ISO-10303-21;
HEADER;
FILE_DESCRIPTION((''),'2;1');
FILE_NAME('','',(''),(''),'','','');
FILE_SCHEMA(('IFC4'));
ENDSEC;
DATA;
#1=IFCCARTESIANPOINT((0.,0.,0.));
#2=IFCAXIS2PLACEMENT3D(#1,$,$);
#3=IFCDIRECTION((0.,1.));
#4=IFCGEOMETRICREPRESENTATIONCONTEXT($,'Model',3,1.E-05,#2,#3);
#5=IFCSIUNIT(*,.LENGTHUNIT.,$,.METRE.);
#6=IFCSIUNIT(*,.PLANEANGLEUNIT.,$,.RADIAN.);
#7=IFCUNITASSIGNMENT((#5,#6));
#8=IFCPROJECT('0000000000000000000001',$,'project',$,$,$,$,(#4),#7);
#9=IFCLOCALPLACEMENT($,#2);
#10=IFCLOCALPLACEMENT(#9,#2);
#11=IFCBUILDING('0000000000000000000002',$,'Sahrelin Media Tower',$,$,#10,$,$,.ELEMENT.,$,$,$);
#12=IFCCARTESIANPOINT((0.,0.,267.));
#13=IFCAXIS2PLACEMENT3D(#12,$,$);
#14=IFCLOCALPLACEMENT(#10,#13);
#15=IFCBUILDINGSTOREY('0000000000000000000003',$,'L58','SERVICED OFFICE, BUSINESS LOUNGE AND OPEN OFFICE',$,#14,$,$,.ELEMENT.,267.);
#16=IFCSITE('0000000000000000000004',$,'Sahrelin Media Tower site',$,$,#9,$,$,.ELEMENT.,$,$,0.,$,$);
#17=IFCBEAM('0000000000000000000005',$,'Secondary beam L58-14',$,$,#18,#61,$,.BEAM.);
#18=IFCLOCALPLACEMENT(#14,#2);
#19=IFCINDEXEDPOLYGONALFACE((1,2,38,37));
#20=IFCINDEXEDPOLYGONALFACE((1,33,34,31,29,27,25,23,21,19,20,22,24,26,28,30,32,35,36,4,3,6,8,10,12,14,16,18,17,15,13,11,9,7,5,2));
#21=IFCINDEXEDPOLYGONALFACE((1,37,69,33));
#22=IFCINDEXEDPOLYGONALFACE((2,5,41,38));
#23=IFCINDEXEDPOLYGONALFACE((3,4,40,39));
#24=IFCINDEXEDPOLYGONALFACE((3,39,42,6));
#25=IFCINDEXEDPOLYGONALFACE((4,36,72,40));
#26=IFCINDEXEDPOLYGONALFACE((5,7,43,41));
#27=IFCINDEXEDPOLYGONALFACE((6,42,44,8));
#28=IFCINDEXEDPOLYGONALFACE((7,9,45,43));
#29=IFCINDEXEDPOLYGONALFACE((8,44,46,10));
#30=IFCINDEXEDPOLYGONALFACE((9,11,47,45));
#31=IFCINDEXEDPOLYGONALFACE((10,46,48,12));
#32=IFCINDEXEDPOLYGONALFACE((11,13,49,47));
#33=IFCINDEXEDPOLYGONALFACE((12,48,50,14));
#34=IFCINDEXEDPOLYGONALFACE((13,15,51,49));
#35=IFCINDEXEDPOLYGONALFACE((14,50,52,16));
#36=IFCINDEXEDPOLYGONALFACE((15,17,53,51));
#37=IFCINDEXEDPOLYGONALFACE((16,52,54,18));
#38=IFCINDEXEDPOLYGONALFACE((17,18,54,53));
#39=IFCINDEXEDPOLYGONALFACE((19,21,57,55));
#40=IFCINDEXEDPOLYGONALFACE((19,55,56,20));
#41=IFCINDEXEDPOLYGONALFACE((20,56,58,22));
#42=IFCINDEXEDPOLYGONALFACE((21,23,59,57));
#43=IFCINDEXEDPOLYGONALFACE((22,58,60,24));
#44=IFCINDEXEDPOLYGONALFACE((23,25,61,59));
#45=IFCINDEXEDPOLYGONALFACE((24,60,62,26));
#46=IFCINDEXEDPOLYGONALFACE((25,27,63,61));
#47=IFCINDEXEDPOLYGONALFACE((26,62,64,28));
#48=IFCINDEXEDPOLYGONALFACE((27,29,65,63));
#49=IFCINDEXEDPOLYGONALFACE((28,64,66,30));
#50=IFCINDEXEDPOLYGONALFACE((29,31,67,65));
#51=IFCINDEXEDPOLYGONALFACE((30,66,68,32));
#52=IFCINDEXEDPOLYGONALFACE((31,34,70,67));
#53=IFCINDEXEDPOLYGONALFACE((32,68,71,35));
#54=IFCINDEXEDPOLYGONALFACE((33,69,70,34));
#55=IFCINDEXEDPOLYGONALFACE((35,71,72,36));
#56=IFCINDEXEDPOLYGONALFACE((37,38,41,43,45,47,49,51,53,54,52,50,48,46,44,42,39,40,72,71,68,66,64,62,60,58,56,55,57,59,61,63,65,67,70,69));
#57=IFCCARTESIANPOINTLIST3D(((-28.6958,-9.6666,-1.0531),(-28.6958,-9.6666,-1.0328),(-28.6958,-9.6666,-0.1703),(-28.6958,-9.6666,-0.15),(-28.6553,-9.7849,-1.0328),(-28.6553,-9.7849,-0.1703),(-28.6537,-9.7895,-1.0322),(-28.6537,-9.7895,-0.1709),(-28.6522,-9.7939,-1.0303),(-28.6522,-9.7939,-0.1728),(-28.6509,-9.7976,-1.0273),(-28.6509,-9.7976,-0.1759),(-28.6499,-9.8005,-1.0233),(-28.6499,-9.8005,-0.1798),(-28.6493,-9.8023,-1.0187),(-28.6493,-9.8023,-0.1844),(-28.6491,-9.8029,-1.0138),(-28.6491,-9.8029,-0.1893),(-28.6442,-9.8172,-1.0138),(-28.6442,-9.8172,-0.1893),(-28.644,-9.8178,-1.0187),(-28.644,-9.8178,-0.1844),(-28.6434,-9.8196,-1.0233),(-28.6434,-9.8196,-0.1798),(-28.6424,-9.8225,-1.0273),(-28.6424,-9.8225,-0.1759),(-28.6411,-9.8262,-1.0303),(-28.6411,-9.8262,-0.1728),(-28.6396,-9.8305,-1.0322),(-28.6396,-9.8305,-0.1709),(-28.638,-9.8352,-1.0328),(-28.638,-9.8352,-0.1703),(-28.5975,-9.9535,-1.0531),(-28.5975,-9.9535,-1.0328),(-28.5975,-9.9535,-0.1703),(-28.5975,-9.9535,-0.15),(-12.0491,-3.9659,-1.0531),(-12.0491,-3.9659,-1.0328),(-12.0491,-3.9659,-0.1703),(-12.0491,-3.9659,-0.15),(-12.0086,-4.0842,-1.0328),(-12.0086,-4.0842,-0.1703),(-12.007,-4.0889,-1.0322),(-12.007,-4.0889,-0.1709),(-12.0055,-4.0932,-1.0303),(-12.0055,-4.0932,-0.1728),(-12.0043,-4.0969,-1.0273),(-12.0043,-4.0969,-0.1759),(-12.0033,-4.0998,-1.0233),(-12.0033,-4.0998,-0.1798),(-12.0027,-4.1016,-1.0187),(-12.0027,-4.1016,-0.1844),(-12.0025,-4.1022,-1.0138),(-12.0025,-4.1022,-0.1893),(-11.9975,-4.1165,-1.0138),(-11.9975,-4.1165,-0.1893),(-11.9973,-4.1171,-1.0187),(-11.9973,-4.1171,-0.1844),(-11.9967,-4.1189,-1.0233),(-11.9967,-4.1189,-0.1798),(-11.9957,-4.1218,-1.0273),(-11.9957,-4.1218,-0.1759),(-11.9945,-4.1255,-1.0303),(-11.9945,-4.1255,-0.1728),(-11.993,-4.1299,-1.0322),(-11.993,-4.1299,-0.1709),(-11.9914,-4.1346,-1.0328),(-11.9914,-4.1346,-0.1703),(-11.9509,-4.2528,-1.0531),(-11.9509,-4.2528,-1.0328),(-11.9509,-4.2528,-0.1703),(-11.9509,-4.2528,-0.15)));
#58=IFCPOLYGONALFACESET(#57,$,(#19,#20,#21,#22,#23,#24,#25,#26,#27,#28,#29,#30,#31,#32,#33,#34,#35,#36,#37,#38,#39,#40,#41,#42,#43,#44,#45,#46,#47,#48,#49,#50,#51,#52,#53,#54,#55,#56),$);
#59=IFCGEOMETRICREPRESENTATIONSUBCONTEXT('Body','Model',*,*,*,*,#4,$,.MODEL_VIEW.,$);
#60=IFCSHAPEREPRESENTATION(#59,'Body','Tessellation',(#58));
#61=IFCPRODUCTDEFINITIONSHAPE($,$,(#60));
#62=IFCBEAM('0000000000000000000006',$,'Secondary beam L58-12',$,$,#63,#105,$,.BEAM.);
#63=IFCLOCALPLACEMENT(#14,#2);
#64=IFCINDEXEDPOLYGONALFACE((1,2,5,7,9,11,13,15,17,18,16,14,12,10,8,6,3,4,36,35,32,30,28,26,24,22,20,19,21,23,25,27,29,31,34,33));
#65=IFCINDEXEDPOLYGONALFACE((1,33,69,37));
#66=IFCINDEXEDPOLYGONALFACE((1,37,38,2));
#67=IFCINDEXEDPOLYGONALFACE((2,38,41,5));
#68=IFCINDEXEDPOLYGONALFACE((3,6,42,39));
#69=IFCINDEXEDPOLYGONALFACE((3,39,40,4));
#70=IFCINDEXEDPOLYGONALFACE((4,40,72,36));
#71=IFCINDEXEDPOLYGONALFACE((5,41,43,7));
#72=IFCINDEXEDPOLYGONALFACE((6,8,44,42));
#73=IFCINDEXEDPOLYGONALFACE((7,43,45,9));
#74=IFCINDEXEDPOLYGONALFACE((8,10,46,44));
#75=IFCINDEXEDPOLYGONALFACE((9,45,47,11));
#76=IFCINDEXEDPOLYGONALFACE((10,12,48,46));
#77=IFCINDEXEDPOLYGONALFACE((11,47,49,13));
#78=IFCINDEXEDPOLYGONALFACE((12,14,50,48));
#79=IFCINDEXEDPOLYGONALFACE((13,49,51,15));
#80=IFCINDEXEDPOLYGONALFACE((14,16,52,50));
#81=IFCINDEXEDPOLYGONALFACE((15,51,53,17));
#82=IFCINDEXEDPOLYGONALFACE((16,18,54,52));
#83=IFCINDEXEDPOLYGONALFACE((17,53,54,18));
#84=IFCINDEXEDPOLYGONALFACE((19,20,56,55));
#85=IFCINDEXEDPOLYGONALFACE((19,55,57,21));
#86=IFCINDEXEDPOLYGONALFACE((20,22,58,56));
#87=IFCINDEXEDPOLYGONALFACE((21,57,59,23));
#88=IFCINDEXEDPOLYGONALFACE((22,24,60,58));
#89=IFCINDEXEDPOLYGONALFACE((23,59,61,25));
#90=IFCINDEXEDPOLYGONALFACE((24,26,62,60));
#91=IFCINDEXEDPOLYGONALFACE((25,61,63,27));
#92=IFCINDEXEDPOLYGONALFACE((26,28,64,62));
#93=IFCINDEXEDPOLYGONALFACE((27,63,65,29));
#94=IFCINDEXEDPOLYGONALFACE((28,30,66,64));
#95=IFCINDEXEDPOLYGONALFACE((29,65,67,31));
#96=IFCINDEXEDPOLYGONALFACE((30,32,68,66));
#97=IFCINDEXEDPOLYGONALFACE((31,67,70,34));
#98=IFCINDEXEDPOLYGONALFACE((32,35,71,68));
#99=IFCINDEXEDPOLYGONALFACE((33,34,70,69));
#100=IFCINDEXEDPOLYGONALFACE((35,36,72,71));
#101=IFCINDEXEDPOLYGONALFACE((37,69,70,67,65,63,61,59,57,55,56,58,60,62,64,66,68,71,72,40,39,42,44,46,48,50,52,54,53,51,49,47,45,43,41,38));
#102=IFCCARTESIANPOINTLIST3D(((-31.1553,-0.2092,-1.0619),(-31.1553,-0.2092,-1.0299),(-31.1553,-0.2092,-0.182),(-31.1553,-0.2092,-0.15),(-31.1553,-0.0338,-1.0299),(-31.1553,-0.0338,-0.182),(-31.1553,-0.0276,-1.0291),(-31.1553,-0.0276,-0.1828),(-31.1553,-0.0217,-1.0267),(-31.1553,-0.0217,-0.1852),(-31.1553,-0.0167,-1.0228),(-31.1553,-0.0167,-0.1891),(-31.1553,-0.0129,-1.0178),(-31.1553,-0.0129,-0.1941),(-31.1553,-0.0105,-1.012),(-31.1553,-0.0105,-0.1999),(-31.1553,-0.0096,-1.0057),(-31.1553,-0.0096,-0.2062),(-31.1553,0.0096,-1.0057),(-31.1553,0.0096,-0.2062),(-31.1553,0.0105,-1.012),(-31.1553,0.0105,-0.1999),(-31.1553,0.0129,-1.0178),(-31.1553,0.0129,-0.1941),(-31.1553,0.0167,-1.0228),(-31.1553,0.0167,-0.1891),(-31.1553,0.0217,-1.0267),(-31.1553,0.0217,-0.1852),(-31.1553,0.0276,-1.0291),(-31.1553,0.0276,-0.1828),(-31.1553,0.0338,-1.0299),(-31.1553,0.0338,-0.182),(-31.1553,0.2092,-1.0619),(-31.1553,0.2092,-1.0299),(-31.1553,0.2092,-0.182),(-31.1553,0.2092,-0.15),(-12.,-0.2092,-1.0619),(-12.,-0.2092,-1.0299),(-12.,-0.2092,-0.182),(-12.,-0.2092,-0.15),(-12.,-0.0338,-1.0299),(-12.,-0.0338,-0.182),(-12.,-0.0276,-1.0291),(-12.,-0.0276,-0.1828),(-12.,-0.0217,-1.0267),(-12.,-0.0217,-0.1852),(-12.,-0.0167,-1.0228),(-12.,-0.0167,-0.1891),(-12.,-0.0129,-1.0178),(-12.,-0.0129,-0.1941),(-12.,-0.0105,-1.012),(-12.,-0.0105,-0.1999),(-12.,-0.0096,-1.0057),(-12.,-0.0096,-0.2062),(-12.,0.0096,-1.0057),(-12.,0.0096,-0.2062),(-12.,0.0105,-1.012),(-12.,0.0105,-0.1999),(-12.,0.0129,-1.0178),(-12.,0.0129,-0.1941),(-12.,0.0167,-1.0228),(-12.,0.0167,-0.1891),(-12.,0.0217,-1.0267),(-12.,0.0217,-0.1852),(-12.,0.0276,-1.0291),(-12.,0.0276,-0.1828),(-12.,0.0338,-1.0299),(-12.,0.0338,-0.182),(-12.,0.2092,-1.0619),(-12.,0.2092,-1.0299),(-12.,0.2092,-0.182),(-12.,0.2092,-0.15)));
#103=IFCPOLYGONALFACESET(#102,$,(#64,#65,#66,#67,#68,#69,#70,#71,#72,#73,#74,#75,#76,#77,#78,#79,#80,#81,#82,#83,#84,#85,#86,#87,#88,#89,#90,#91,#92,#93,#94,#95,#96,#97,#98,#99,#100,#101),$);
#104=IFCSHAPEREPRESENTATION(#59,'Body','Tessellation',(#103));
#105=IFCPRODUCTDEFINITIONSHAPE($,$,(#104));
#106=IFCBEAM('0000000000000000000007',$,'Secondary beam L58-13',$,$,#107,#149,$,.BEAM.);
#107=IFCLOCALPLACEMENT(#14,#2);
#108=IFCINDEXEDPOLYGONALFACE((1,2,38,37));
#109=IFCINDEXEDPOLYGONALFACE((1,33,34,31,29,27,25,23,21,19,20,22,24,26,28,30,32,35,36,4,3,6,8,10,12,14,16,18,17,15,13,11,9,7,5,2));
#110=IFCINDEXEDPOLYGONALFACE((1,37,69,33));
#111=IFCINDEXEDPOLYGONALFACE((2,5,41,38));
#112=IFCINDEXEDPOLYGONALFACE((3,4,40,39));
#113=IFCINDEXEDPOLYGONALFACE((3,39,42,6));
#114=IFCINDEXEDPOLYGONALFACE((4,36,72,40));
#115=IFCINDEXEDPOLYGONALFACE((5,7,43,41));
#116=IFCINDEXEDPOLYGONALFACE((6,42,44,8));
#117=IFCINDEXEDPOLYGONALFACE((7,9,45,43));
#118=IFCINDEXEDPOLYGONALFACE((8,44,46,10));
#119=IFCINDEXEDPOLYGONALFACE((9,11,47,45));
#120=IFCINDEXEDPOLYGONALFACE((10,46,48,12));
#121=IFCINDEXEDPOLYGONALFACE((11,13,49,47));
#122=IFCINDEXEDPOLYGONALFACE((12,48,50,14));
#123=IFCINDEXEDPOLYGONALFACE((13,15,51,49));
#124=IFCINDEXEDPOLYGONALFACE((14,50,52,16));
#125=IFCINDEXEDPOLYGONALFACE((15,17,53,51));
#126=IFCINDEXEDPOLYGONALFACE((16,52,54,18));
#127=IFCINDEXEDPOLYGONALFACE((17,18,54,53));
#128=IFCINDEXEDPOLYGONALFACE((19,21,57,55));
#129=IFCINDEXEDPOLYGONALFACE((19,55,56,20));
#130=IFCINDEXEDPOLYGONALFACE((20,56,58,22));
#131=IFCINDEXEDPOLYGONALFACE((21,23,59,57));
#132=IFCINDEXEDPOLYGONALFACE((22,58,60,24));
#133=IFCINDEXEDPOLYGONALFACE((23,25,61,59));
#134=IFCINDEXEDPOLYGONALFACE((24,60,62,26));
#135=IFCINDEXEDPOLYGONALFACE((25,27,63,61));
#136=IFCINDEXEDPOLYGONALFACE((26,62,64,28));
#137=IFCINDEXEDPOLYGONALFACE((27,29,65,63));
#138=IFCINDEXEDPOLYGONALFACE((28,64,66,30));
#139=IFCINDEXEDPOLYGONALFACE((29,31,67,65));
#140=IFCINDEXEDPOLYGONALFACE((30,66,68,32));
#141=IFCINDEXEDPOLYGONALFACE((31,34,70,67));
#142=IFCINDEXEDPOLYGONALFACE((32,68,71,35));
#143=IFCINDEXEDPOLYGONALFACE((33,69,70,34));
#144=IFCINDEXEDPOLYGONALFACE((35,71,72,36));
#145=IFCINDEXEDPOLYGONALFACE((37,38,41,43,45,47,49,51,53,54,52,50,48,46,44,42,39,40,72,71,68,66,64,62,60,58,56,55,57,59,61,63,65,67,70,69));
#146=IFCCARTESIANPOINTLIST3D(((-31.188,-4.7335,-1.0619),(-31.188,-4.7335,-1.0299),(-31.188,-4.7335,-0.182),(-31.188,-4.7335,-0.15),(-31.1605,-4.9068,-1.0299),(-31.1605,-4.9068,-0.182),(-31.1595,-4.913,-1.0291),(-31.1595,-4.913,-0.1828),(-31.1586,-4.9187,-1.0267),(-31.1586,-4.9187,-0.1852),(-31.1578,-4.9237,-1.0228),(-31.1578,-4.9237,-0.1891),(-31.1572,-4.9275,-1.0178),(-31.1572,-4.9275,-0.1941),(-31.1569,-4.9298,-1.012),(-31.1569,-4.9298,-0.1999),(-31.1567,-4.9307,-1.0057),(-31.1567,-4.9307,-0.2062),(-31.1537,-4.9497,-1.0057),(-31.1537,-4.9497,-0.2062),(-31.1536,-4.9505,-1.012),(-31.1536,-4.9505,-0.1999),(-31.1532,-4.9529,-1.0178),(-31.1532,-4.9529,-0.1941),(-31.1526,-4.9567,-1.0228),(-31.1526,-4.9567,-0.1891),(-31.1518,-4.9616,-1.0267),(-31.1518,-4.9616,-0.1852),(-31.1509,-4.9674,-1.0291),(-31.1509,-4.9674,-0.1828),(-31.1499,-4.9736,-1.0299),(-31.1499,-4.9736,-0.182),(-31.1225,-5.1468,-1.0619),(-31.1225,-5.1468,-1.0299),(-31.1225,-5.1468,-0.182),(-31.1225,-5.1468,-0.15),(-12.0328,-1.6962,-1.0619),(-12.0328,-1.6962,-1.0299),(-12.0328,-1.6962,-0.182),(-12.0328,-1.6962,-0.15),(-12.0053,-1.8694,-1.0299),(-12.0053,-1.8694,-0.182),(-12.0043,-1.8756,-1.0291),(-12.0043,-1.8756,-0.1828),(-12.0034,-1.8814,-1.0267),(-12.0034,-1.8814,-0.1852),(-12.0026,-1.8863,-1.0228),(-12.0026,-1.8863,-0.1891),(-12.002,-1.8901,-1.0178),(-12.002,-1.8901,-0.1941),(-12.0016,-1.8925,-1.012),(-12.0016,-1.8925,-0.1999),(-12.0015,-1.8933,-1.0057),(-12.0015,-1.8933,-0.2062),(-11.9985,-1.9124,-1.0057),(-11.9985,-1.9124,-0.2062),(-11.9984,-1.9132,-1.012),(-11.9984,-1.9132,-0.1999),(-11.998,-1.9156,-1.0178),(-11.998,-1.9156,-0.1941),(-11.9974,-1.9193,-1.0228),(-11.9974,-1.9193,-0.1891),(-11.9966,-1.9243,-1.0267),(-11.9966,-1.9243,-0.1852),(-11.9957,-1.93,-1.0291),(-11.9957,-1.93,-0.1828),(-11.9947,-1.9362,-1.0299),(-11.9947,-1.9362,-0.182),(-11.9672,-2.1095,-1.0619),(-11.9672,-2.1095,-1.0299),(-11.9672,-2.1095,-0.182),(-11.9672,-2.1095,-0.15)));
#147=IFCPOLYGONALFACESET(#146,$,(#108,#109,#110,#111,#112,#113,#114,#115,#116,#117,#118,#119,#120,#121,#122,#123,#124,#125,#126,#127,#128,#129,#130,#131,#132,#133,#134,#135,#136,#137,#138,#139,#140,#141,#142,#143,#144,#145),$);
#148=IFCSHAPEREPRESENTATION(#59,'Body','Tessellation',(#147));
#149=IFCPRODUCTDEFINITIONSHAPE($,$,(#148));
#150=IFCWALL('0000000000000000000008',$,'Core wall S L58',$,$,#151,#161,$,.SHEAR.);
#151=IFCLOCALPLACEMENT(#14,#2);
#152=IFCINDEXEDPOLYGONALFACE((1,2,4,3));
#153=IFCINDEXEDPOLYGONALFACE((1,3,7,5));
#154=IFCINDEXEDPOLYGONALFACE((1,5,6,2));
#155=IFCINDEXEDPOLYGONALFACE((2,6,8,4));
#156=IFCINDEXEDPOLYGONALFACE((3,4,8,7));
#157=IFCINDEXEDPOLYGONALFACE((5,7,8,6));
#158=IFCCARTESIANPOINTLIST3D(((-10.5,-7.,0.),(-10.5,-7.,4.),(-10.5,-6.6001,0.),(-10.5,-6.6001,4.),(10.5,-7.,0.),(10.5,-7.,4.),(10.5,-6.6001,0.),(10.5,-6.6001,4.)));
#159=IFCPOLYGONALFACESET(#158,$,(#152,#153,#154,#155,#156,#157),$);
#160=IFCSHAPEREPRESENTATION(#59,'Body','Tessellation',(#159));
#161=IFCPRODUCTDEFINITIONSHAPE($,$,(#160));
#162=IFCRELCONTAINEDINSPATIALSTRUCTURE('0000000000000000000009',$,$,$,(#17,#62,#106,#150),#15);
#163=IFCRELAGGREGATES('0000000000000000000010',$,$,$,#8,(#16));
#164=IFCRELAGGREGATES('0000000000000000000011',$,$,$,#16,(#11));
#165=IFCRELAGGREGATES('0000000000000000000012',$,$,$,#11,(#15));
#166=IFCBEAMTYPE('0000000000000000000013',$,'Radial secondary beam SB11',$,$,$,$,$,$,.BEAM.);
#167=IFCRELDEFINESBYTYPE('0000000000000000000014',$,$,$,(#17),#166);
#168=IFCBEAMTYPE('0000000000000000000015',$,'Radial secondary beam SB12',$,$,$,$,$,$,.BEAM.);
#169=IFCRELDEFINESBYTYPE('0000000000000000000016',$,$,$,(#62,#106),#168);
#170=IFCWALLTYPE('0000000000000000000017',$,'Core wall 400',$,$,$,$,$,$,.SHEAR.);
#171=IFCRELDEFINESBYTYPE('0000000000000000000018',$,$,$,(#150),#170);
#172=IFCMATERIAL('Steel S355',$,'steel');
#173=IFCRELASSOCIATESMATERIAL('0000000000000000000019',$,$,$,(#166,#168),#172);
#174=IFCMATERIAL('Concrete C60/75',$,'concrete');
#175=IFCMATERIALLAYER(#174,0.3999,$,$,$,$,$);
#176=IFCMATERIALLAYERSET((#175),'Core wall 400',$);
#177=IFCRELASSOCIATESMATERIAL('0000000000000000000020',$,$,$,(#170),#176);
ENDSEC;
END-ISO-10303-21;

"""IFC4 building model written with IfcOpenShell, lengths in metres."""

from ifc_helpers import new_model, si_unit, direction, frame, frame_2d, origin, origin_2d, place, context, subcontext, project, spatial, rectangle, i_section, extrude, material, layer, layer_set, material_profile, profile_set, type_object, element, save


model = new_model("IFC4")

# Units and contexts
model_context = context("Model", 3, precision=1e-05, world=origin(), true_north=direction((0.0, 1.0)))
body_context = subcontext(model_context, "Body", "Model", "MODEL_VIEW")
ifc_project = project(units=[si_unit("LENGTHUNIT", "METRE"), si_unit("PLANEANGLEUNIT", "RADIAN")], contexts=[model_context])

# Site, building, storey
site_placement = place(None, origin())
site = spatial("IfcSite", under=ifc_project, at=site_placement, Name="Sahrelin Media Tower site", CompositionType="ELEMENT", RefElevation=0.0)
building_placement = place(site_placement, origin())
building = spatial("IfcBuilding", under=site, at=building_placement, Name="Sahrelin Media Tower", CompositionType="ELEMENT")
storey_placement = place(building_placement, frame((0.0, 0.0, 267.0)))
storey = spatial("IfcBuildingStorey", under=building, at=storey_placement, Name="L58", Description="SERVICED OFFICE, BUSINESS LOUNGE AND OPEN OFFICE", CompositionType="ELEMENT", Elevation=267.0)

# Beams
ifc_material_1 = material(Name="Steel S355", Category="steel")
ifc_material_profile_1 = material_profile(ifc_material_1, i_section(OverallWidth=0.3032, OverallDepth=0.9031, WebThickness=0.0151, FlangeThickness=0.0203, FilletRadius=0.019, at=origin_2d()), Name="UB 914x305x201")
ifc_profile_set_1 = profile_set([ifc_material_profile_1], Name="Steel S355")
beam_type_1 = type_object("IfcBeamType", Name="Radial secondary beam SB11", PredefinedType="BEAM", material=ifc_profile_set_1)
beam_1_placement = place(storey_placement, frame((-12.0, -4.1094, -0.6016), z_axis=(-0.946064, -0.32398, 0.0), x_axis=(0.32398, -0.946064, 0.0)))
element("IfcBeam", 1, at=beam_1_placement, inside=storey, type_object=beam_type_1, Name="Secondary beam L58-14", PredefinedType="BEAM", context=body_context, shape_type="SweptSolid", body=[
    extrude(i_section(OverallWidth=0.3032, OverallDepth=0.9031, WebThickness=0.0151, FlangeThickness=0.0203, FilletRadius=0.019, at=origin_2d()), origin(), (0.0, 0.0, 1.0), 17.5957),
])
ifc_material_profile_2 = material_profile(ifc_material_1, i_section(OverallWidth=0.4185, OverallDepth=0.9119, WebThickness=0.0193, FlangeThickness=0.032, FilletRadius=0.0242, at=origin_2d()), Name="UB 914x419x343")
ifc_profile_set_2 = profile_set([ifc_material_profile_2], Name="Steel S355")
beam_type_2 = type_object("IfcBeamType", Name="Radial secondary beam SB12", PredefinedType="BEAM", material=ifc_profile_set_2)
beam_2_placement = place(storey_placement, frame((-12.0, 0.0, -0.606), z_axis=(-1.0, 0.0, 0.0), x_axis=(0.0, -1.0, 0.0)))
element("IfcBeam", 2, at=beam_2_placement, inside=storey, type_object=beam_type_2, Name="Secondary beam L58-12", PredefinedType="BEAM", context=body_context, shape_type="SweptSolid", body=[
    extrude(i_section(OverallWidth=0.4185, OverallDepth=0.9119, WebThickness=0.0193, FlangeThickness=0.032, FilletRadius=0.0242, at=origin_2d()), origin(), (0.0, 0.0, 1.0), 19.1553),
])
beam_3_placement = place(storey_placement, frame((-12.0, -1.9028, -0.606), z_axis=(-0.987661, -0.156608, 0.0), x_axis=(0.156608, -0.987661, 0.0)))
element("IfcBeam", 3, at=beam_3_placement, inside=storey, type_object=beam_type_2, Name="Secondary beam L58-13", PredefinedType="BEAM", context=body_context, shape_type="SweptSolid", body=[
    extrude(i_section(OverallWidth=0.4185, OverallDepth=0.9119, WebThickness=0.0193, FlangeThickness=0.032, FilletRadius=0.0242, at=origin_2d()), origin(), (0.0, 0.0, 1.0), 19.3945),
])

# Wall
ifc_material_2 = material(Name="Concrete C60/75", Category="concrete")
ifc_layer_1 = layer(ifc_material_2, 0.3999)
ifc_layer_set_1 = layer_set([ifc_layer_1], Name="Core wall 400")
wall_type_1 = type_object("IfcWallType", Name="Core wall 400", PredefinedType="SHEAR", material=ifc_layer_set_1)
wall_1_placement = place(storey_placement, frame((-10.5, -6.8, 0.0), z_axis=(0.0, 0.0, 1.0), x_axis=(1.0, 0.0, 0.0)))
element("IfcWall", 4, at=wall_1_placement, inside=storey, type_object=wall_type_1, Name="Core wall S L58", PredefinedType="SHEAR", context=body_context, shape_type="SweptSolid", body=[
    extrude(rectangle(XDim=21.0, YDim=0.3999, at=frame_2d((10.5, 0.0))), origin(), (0.0, 0.0, 1.0), 4.0),
])

save(model, "model.ifc")
